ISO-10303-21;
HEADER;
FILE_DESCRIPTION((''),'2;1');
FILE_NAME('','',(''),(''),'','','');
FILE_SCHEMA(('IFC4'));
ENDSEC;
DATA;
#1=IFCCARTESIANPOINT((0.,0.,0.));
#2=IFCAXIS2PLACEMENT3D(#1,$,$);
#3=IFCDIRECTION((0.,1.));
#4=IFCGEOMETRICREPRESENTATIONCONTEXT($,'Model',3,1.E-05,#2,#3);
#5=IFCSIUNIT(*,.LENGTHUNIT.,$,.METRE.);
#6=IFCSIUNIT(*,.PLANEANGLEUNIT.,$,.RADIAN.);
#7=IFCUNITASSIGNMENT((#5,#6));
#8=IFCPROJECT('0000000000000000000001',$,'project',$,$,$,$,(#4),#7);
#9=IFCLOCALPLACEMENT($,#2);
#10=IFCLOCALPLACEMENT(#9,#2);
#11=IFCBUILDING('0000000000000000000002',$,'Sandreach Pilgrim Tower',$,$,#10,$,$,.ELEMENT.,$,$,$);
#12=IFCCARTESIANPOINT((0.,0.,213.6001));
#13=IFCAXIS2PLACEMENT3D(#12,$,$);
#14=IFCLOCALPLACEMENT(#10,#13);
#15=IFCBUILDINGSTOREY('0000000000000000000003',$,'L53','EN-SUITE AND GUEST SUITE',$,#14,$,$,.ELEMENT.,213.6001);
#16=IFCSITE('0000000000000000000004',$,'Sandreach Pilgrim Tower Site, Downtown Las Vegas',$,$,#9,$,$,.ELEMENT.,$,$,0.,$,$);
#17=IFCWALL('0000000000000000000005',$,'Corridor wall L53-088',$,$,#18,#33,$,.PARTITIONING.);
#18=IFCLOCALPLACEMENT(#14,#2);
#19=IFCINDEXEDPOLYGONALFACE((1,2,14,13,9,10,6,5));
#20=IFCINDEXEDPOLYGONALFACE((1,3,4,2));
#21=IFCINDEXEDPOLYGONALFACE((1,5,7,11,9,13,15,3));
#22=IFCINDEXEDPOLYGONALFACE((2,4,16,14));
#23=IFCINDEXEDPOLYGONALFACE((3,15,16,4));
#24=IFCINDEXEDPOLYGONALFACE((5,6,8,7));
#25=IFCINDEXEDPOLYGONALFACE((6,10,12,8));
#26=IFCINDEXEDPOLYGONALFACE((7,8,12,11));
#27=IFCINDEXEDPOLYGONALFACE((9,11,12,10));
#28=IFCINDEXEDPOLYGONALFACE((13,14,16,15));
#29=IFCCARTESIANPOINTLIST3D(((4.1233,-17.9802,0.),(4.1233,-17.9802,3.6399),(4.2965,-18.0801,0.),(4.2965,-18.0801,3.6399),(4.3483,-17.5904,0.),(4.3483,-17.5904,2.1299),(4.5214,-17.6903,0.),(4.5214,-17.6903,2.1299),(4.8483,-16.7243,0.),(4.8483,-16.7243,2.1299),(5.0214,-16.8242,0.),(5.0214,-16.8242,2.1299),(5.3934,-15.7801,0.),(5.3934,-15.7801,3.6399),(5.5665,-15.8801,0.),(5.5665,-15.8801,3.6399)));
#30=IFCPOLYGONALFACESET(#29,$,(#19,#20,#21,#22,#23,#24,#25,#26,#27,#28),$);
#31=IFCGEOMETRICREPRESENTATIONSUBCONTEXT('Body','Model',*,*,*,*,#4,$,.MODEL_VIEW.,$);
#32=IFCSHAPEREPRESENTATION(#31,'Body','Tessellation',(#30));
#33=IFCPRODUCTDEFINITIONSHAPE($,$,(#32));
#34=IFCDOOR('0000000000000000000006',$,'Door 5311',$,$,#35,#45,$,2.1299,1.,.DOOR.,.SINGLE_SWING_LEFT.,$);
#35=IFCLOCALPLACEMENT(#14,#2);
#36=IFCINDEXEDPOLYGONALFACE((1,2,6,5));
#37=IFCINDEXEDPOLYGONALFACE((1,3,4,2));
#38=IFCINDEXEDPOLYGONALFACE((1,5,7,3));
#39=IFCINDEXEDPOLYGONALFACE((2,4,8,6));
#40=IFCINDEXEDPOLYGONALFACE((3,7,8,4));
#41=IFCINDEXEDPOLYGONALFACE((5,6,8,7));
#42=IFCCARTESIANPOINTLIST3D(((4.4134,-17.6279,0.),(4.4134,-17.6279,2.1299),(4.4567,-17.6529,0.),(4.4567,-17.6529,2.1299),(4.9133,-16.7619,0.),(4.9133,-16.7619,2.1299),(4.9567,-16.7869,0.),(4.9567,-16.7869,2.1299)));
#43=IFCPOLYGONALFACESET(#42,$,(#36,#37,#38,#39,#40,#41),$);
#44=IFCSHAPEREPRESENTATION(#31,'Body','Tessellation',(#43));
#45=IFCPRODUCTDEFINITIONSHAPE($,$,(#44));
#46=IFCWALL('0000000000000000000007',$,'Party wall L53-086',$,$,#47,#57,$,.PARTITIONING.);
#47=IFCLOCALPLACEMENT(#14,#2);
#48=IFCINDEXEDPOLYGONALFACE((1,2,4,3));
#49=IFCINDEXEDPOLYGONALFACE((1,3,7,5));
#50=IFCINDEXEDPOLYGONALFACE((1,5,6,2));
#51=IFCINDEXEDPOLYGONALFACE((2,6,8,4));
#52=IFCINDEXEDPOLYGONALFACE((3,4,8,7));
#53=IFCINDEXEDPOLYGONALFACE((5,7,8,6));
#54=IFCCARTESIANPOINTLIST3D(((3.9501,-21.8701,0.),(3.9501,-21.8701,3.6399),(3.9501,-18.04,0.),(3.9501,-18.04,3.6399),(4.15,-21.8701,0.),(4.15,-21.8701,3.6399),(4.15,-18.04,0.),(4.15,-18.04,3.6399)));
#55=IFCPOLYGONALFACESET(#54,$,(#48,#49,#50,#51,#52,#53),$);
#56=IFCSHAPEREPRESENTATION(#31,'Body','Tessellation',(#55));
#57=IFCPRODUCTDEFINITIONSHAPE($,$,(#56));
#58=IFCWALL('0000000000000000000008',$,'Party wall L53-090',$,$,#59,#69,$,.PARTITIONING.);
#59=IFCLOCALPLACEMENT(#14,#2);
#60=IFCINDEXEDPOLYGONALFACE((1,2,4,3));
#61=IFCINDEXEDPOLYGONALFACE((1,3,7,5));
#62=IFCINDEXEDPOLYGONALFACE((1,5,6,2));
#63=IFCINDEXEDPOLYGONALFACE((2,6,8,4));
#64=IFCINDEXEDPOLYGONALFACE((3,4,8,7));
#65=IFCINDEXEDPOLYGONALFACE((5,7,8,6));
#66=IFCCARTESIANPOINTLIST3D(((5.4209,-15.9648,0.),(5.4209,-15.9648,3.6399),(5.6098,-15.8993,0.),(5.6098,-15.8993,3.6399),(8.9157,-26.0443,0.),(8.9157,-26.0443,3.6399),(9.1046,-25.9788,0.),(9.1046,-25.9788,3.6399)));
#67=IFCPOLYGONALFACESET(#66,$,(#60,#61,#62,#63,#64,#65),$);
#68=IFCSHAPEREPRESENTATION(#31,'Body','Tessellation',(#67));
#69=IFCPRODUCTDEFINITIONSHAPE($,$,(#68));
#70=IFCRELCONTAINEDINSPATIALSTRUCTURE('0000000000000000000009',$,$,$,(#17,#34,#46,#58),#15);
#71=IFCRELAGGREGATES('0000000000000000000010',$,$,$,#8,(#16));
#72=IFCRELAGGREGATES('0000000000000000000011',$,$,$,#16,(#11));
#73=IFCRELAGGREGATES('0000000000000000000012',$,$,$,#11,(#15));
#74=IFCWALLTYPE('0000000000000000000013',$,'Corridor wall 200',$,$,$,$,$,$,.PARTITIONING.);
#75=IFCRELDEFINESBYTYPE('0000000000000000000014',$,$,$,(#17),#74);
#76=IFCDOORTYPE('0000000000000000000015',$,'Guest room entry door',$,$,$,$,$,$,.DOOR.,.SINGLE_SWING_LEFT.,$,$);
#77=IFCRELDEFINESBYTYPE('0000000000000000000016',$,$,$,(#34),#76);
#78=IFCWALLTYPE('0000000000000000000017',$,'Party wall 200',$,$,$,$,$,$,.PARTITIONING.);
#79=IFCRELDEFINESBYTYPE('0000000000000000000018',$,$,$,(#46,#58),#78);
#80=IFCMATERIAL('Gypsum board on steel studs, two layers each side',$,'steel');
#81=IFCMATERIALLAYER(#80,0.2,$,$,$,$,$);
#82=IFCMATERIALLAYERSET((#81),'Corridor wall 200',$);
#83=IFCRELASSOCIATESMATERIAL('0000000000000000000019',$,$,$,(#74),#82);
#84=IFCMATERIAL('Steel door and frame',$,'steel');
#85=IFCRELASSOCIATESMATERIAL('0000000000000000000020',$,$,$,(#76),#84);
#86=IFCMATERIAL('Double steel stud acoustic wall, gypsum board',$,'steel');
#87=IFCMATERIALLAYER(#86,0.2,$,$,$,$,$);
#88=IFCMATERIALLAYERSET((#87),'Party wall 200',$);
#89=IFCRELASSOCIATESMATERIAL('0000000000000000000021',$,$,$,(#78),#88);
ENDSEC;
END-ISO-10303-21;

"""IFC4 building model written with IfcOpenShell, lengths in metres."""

from ifc_helpers import new_model, si_unit, direction, frame, frame_2d, origin, place, context, subcontext, project, spatial, rectangle, extrude, material, layer, layer_set, type_object, element, fill, save


model = new_model("IFC4")

# Units and contexts
model_context = context("Model", 3, precision=1e-05, world=origin(), true_north=direction((0.0, 1.0)))
body_context = subcontext(model_context, "Body", "Model", "MODEL_VIEW")
ifc_project = project(units=[si_unit("LENGTHUNIT", "METRE"), si_unit("PLANEANGLEUNIT", "RADIAN")], contexts=[model_context])

# Site, building, storey
site_placement = place(None, origin())
site = spatial("IfcSite", under=ifc_project, at=site_placement, Name="Sandreach Pilgrim Tower Site, Downtown Las Vegas", CompositionType="ELEMENT", RefElevation=0.0)
building_placement = place(site_placement, origin())
building = spatial("IfcBuilding", under=site, at=building_placement, Name="Sandreach Pilgrim Tower", CompositionType="ELEMENT")
storey_placement = place(building_placement, frame((0.0, 0.0, 213.6001)))
storey = spatial("IfcBuildingStorey", under=building, at=storey_placement, Name="L53", Description="EN-SUITE AND GUEST SUITE", CompositionType="ELEMENT", Elevation=213.6001)

# Shared definitions
ifc_material_1 = material(Name="Gypsum board on steel studs, two layers each side", Category="steel")
ifc_layer_1 = layer(ifc_material_1, 0.2)
ifc_layer_set_1 = layer_set([ifc_layer_1], Name="Corridor wall 200")
wall_type_1 = type_object("IfcWallType", Name="Corridor wall 200", PredefinedType="PARTITIONING", material=ifc_layer_set_1)
ifc_material_2 = material(Name="Steel door and frame", Category="steel")
door_type_1 = type_object("IfcDoorType", Name="Guest room entry door", OperationType="SINGLE_SWING_LEFT", PredefinedType="DOOR", material=ifc_material_2)

# Wall, opening, door
wall_1_placement = place(storey_placement, frame((4.21, -18.03, 0.0), z_axis=(0.0, 0.0, 1.0), x_axis=(0.499964, 0.866046, 0.0)))
wall_1 = element("IfcWall", 1, at=wall_1_placement, inside=storey, type_object=wall_type_1, Name="Corridor wall L53-088", PredefinedType="PARTITIONING", context=body_context, shape_type="SweptSolid", body=[
    extrude(rectangle(XDim=2.5403, YDim=0.2, at=frame_2d((1.27, 0.0))), origin(), (0.0, 0.0, 1.0), 3.6399),
])
opening_1_placement = place(wall_1_placement, frame((0.45, 0.0, 0.0)))
opening_1 = element("IfcOpeningElement", 2, at=opening_1_placement, cuts=wall_1, PredefinedType="OPENING", context=body_context, shape_type="SweptSolid", body=[
    extrude(rectangle(XDim=1.0, YDim=2.1299, at=frame_2d((0.5, 1.0649))), frame((0.0, 0.1001, 0.0), z_axis=(0.0, -1.0, 0.0), x_axis=(1.0, 0.0, 0.0)), (0.0, 0.0, 1.0), 0.2),
])
door_1_placement = place(opening_1_placement, origin())
door_1 = element("IfcDoor", 3, at=door_1_placement, inside=storey, type_object=door_type_1, Name="Door 5311", OperationType="SINGLE_SWING_LEFT", OverallHeight=2.1299, OverallWidth=1.0, PredefinedType="DOOR", context=body_context, shape_type="SweptSolid", body=[
    extrude(rectangle(XDim=1.0, YDim=2.1299, at=frame_2d((0.5, 1.0649))), frame((0.0, 0.0249, 0.0), z_axis=(0.0, -1.0, 0.0), x_axis=(1.0, 0.0, 0.0)), (0.0, 0.0, 1.0), 0.05),
])
fill(opening_1, door_1)

# Walls
ifc_material_3 = material(Name="Double steel stud acoustic wall, gypsum board", Category="steel")
ifc_layer_2 = layer(ifc_material_3, 0.2)
ifc_layer_set_2 = layer_set([ifc_layer_2], Name="Party wall 200")
wall_type_2 = type_object("IfcWallType", Name="Party wall 200", PredefinedType="PARTITIONING", material=ifc_layer_set_2)
wall_2_placement = place(storey_placement, frame((4.05, -21.8701, 0.0), z_axis=(0.0, 0.0, 1.0), x_axis=(0.0, 1.0, 0.0)))
element("IfcWall", 4, at=wall_2_placement, inside=storey, type_object=wall_type_2, Name="Party wall L53-086", PredefinedType="PARTITIONING", context=body_context, shape_type="SweptSolid", body=[
    extrude(rectangle(XDim=3.8301, YDim=0.2, at=frame_2d((1.915, 0.0))), origin(), (0.0, 0.0, 1.0), 3.6399),
])
wall_3_placement = place(storey_placement, frame((5.5154, -15.9321, 0.0), z_axis=(0.0, 0.0, 1.0), x_axis=(0.327595, -0.944818, 0.0)))
element("IfcWall", 5, at=wall_3_placement, inside=storey, type_object=wall_type_2, Name="Party wall L53-090", PredefinedType="PARTITIONING", context=body_context, shape_type="SweptSolid", body=[
    extrude(rectangle(XDim=10.6682, YDim=0.2, at=frame_2d((5.334, 0.0))), origin(), (0.0, 0.0, 1.0), 3.6399),
])

save(model, "model.ifc")
